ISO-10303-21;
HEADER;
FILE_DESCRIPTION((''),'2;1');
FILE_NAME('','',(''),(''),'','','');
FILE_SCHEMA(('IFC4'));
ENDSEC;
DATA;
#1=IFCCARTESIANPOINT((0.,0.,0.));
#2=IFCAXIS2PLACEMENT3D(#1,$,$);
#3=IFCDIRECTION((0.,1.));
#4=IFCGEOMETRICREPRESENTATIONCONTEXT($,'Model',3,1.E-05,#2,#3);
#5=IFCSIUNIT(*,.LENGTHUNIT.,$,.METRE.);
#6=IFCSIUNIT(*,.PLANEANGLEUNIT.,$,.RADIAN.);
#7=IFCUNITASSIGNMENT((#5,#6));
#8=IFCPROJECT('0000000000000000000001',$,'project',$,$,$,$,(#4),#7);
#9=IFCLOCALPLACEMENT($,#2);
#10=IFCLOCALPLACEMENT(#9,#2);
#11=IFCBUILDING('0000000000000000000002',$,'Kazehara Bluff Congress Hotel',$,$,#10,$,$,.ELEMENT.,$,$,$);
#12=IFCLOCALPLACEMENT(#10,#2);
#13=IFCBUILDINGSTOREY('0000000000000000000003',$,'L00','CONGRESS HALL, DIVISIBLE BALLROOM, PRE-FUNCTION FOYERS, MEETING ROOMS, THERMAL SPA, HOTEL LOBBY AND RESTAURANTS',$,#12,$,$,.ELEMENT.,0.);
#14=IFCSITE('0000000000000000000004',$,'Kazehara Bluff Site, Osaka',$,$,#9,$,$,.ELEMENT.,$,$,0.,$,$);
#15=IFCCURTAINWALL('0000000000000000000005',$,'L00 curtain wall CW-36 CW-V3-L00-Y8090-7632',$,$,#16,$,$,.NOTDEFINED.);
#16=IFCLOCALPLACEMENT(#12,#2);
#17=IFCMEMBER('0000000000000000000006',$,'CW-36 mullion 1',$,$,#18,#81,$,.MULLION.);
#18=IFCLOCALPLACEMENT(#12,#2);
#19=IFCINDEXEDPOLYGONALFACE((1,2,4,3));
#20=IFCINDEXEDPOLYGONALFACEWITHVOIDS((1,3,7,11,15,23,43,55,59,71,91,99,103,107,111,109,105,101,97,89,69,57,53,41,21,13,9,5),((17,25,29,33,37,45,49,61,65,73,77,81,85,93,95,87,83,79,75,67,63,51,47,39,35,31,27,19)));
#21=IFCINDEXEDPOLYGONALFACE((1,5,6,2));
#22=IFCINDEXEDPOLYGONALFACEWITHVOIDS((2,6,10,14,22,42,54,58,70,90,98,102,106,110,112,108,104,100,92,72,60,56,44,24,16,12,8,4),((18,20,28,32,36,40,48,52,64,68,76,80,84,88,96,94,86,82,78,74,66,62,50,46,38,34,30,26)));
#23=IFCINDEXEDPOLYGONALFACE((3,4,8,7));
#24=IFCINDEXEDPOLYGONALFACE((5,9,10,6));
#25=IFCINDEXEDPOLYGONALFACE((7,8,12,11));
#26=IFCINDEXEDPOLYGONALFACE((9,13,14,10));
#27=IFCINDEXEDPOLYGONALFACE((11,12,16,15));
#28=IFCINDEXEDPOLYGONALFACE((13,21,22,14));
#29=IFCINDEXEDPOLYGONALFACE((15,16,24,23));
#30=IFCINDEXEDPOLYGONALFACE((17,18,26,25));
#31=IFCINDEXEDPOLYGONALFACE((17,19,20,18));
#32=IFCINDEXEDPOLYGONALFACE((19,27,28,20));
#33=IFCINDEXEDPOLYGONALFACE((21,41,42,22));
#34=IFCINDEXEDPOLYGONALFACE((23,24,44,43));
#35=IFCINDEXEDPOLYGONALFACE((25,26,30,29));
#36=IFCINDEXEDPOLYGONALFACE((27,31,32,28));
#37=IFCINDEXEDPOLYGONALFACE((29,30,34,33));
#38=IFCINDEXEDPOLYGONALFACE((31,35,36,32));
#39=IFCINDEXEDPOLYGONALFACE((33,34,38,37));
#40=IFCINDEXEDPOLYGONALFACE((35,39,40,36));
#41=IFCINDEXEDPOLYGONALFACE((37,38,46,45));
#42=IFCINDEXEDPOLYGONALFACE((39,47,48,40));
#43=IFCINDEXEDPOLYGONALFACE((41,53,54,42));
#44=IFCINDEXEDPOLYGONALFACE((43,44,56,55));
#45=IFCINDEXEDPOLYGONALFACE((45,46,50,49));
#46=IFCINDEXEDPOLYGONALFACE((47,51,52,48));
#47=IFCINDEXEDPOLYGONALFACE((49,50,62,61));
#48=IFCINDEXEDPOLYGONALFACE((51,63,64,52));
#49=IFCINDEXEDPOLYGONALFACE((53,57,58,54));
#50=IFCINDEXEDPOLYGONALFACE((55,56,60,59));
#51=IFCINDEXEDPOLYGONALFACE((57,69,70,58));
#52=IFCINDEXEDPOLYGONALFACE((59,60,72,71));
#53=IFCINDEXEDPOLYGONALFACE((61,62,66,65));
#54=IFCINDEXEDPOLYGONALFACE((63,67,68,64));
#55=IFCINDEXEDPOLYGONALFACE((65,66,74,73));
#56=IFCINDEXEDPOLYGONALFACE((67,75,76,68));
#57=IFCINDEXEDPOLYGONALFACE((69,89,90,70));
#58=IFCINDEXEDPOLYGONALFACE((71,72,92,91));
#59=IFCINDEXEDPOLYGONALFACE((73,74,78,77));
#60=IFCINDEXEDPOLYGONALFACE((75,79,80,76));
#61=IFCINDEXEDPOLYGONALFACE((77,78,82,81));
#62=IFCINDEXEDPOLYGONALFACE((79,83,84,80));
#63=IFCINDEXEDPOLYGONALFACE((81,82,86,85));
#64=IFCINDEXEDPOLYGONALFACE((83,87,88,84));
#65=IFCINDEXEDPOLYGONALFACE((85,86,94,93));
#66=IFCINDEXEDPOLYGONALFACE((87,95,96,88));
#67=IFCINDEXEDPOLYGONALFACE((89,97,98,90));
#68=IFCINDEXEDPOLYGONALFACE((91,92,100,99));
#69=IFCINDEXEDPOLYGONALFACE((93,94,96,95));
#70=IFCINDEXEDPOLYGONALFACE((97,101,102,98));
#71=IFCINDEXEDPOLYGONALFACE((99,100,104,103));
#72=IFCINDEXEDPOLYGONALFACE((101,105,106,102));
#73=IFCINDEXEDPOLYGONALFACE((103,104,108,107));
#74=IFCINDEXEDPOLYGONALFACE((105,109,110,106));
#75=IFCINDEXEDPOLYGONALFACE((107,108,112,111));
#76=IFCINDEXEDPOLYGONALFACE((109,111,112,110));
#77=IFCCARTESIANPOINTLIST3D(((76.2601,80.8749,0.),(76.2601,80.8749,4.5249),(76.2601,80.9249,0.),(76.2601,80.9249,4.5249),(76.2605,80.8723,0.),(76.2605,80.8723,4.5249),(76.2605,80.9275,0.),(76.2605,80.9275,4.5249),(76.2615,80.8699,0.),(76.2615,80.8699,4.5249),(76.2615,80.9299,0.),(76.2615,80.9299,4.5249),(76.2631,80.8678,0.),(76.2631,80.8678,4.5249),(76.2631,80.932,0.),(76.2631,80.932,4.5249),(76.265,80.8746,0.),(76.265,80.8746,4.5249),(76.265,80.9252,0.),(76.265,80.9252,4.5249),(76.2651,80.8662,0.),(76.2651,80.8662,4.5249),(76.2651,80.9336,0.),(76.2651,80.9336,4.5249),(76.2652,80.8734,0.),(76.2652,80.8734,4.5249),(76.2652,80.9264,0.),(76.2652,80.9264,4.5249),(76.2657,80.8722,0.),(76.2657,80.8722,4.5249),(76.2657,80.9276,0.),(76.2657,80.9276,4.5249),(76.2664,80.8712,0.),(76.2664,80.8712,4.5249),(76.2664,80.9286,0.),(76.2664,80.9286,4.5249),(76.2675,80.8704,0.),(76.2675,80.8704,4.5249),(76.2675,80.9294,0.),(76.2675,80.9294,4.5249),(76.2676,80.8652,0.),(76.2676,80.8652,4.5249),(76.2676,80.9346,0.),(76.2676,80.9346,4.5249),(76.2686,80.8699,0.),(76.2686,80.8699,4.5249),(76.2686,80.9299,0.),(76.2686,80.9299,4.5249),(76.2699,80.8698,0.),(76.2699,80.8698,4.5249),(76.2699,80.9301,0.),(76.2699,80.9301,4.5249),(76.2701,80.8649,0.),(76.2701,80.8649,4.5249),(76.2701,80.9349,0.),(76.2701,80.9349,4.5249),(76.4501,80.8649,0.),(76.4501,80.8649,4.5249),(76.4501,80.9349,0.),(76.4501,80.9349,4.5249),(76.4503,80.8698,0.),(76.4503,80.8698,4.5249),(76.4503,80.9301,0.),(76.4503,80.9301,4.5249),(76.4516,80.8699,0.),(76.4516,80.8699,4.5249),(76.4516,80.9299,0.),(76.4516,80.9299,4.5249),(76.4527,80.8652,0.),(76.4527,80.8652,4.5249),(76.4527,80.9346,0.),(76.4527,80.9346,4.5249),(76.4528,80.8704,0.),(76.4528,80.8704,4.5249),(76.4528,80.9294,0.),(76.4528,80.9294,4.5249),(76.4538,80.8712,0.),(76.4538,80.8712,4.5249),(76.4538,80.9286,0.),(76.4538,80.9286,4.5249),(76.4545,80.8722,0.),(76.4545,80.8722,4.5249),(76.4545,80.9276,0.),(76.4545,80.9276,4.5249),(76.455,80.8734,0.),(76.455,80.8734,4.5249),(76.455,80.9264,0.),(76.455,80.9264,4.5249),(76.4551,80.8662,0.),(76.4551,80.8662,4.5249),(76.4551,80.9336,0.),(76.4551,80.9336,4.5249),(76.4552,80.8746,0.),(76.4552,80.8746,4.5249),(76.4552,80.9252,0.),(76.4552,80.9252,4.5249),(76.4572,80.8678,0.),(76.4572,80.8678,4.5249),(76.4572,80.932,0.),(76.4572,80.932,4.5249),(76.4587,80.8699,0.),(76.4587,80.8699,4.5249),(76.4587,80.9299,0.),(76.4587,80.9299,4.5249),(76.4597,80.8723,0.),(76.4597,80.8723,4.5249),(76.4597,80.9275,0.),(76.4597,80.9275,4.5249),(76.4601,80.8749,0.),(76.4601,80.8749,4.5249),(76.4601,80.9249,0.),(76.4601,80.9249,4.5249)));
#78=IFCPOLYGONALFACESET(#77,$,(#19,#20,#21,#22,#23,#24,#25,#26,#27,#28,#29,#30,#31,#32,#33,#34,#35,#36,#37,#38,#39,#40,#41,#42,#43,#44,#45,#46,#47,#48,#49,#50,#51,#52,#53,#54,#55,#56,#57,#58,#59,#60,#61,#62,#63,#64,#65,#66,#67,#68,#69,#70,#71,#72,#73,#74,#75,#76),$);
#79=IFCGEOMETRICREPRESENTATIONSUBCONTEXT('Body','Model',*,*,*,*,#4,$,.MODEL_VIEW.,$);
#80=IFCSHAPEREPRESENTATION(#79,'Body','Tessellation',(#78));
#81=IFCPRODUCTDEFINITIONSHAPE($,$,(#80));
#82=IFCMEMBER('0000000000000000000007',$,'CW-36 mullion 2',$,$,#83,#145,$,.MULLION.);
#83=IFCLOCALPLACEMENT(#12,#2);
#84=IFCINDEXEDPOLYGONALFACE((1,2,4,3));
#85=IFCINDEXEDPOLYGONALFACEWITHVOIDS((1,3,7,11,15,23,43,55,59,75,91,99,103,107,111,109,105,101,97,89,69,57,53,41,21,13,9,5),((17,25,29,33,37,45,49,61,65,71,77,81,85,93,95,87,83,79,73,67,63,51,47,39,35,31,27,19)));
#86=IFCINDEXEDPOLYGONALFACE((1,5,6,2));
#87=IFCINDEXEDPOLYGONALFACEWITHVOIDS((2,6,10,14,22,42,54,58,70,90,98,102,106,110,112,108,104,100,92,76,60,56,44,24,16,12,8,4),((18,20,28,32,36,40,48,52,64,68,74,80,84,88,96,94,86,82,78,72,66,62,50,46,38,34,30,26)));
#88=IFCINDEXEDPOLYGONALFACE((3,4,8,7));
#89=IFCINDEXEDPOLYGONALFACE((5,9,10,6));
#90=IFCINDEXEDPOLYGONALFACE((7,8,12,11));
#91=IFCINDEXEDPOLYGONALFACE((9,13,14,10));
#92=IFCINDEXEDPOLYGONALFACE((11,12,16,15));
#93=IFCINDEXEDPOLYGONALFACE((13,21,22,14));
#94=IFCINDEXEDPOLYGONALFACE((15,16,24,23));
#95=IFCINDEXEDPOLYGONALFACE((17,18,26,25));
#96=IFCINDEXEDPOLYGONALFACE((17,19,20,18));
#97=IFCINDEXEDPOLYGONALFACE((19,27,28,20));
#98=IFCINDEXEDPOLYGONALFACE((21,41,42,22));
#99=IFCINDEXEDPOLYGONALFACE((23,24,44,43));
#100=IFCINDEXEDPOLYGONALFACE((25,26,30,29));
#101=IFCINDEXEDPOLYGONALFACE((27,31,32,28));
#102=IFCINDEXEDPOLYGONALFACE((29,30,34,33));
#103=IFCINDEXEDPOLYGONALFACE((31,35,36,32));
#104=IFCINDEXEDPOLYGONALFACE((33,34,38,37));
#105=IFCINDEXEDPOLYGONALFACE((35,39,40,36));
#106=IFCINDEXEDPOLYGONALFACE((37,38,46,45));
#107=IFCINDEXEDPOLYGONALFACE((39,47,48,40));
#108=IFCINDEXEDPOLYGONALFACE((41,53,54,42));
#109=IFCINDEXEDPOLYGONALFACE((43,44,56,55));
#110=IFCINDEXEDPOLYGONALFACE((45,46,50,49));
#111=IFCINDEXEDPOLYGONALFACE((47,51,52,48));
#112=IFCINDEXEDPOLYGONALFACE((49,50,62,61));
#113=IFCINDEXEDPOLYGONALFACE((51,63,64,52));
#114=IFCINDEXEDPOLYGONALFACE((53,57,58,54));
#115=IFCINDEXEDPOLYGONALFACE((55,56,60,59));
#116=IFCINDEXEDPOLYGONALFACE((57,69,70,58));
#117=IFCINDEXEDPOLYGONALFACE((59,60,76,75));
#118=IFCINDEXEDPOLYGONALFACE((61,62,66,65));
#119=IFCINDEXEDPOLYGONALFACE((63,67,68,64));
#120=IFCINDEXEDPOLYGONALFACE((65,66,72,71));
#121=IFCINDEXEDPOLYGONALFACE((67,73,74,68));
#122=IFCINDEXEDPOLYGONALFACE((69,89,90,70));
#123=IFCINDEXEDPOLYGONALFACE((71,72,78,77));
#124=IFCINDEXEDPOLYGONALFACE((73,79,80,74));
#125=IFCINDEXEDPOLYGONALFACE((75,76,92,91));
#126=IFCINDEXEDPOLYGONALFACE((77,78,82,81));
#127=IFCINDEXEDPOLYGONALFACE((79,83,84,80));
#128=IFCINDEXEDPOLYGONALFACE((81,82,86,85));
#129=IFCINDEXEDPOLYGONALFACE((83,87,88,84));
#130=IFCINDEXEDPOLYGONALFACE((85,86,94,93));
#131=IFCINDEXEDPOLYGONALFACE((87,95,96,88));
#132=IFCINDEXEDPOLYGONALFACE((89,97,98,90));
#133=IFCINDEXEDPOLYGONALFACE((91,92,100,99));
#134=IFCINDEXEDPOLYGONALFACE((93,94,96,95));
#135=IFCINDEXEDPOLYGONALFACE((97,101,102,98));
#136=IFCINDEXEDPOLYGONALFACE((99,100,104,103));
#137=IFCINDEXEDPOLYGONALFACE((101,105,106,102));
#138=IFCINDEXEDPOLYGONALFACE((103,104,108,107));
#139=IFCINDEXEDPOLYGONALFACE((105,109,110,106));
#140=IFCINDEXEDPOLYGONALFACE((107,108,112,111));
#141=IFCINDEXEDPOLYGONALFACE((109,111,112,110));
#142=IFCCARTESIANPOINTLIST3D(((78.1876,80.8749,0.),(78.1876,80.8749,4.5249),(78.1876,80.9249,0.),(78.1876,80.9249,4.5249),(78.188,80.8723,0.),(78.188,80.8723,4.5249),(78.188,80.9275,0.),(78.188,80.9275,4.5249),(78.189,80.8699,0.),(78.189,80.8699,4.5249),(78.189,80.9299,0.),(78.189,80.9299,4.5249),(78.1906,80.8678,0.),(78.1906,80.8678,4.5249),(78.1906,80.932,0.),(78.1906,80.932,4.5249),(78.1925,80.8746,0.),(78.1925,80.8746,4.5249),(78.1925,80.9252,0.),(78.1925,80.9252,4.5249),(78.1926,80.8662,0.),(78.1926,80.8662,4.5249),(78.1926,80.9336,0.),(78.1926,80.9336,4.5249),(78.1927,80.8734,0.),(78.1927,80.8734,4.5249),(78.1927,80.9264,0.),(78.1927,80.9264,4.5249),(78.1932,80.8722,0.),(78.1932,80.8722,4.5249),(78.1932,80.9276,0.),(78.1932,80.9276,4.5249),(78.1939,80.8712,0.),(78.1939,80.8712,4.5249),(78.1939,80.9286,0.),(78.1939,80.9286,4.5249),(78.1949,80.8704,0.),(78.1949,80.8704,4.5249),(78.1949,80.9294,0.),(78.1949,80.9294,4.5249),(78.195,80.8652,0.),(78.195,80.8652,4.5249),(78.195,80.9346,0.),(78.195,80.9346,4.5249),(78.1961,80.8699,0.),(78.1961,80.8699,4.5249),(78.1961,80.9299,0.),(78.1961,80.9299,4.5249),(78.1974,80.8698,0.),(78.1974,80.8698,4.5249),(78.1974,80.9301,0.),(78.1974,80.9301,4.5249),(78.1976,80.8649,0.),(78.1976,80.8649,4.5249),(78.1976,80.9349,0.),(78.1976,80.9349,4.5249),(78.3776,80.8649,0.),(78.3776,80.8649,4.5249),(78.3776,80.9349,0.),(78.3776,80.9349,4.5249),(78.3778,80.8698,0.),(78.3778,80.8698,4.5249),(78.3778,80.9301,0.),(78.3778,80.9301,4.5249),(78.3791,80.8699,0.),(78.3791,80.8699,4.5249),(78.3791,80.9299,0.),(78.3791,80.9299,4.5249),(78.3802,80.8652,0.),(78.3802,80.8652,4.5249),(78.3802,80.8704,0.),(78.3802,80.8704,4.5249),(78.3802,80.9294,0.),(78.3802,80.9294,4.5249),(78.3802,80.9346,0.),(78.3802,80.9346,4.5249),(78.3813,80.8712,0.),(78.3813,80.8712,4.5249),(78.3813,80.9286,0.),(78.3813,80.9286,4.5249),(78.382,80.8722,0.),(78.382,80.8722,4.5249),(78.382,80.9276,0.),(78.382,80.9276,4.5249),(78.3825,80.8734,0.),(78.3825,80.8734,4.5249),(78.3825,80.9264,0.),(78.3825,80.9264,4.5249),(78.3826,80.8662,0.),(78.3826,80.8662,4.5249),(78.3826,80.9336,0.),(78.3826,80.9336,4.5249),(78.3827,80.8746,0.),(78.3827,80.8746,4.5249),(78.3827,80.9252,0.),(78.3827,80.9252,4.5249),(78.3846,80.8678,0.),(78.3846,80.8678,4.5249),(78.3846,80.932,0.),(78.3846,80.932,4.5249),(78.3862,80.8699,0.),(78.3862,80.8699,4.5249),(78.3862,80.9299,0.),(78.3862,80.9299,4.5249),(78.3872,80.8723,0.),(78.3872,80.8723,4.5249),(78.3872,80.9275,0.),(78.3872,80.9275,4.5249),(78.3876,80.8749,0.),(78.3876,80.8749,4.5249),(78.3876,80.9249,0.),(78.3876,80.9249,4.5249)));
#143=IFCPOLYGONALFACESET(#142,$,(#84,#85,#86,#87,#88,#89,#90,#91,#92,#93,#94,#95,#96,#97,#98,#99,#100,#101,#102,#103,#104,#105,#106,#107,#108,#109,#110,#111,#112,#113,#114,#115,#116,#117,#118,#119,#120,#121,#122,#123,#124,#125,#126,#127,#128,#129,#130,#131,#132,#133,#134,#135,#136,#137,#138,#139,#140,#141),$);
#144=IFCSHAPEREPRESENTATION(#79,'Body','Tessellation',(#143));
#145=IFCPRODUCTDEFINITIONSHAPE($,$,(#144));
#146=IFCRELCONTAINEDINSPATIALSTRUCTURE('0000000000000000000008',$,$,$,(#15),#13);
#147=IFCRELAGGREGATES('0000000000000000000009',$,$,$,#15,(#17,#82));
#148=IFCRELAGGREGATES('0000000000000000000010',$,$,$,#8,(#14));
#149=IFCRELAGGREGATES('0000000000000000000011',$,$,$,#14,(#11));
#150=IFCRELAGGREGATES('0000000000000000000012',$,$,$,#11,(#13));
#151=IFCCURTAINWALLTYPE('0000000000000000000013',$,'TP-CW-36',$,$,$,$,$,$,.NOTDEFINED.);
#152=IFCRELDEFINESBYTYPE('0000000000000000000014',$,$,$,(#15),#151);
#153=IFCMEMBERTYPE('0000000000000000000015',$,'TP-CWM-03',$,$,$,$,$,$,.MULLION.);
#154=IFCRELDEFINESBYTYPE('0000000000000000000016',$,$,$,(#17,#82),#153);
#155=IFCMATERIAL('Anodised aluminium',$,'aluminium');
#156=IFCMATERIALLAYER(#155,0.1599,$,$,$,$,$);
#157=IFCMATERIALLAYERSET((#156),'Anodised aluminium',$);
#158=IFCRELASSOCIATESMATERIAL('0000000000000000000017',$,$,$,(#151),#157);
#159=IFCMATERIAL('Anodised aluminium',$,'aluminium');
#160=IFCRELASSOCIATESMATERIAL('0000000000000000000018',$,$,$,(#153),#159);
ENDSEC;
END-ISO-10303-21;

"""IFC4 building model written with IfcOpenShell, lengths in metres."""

from ifc_helpers import new_model, si_unit, direction, frame, origin, origin_2d, place, context, subcontext, project, spatial, hollow_rectangle, extrude, material, layer, layer_set, material_profile, profile_set, type_object, element, aggregate, save


model = new_model("IFC4")

# Units and contexts
model_context = context("Model", 3, precision=1e-05, world=origin(), true_north=direction((0.0, 1.0)))
body_context = subcontext(model_context, "Body", "Model", "MODEL_VIEW")
ifc_project = project(units=[si_unit("LENGTHUNIT", "METRE"), si_unit("PLANEANGLEUNIT", "RADIAN")], contexts=[model_context])

# Site, building, storey
site_placement = place(None, origin())
site = spatial("IfcSite", under=ifc_project, at=site_placement, Name="Kazehara Bluff Site, Osaka", CompositionType="ELEMENT", RefElevation=0.0)
building_placement = place(site_placement, origin())
building = spatial("IfcBuilding", under=site, at=building_placement, Name="Kazehara Bluff Congress Hotel", CompositionType="ELEMENT")
storey_placement = place(building_placement, origin())
storey = spatial("IfcBuildingStorey", under=building, at=storey_placement, Name="L00", Description="CONGRESS HALL, DIVISIBLE BALLROOM, PRE-FUNCTION FOYERS, MEETING ROOMS, THERMAL SPA, HOTEL LOBBY AND RESTAURANTS", CompositionType="ELEMENT", Elevation=0.0)

# Shared definitions
ifc_material_1 = material(Name="Anodised aluminium", Category="aluminium")
ifc_layer_1 = layer(ifc_material_1, 0.1599)
ifc_layer_set_1 = layer_set([ifc_layer_1], Name="Anodised aluminium")
curtain_wall_type = type_object("IfcCurtainWallType", Name="TP-CW-36", PredefinedType="NOTDEFINED", material=ifc_layer_set_1)
ifc_material_2 = material(Name="Anodised aluminium", Category="aluminium")
ifc_material_profile_1 = material_profile(ifc_material_2, hollow_rectangle(XDim=0.0701, YDim=0.2, WallThickness=0.0049, InnerFilletRadius=0.0049, OuterFilletRadius=0.01, at=origin_2d()))
ifc_profile_set_1 = profile_set([ifc_material_profile_1], Name="Anodised aluminium")
member_type_1 = type_object("IfcMemberType", Name="TP-CWM-03", PredefinedType="MULLION", material=ifc_profile_set_1)

# Curtain wall, members
curtain_wall_1_placement = place(storey_placement, origin())
curtain_wall_1 = element("IfcCurtainWall", 1, at=curtain_wall_1_placement, inside=storey, type_object=curtain_wall_type, Name="L00 curtain wall CW-36 CW-V3-L00-Y8090-7632", PredefinedType="NOTDEFINED")
member_1_placement = place(storey_placement, frame((76.3601, 80.8999, 0.0), z_axis=(0.0, 0.0, 1.0), x_axis=(0.0, 1.0, 0.0)))
member_1 = element("IfcMember", 2, at=member_1_placement, type_object=member_type_1, Name="CW-36 mullion 1", PredefinedType="MULLION", context=body_context, shape_type="SweptSolid", body=[
    extrude(hollow_rectangle(XDim=0.0701, YDim=0.2, WallThickness=0.0049, InnerFilletRadius=0.0049, OuterFilletRadius=0.01, at=origin_2d()), origin(), (0.0, 0.0, 1.0), 4.5249),
])
member_2_placement = place(storey_placement, frame((78.2876, 80.8999, 0.0), z_axis=(0.0, 0.0, 1.0), x_axis=(0.0, 1.0, 0.0)))
member_2 = element("IfcMember", 3, at=member_2_placement, type_object=member_type_1, Name="CW-36 mullion 2", PredefinedType="MULLION", context=body_context, shape_type="SweptSolid", body=[
    extrude(hollow_rectangle(XDim=0.0701, YDim=0.2, WallThickness=0.0049, InnerFilletRadius=0.0049, OuterFilletRadius=0.01, at=origin_2d()), origin(), (0.0, 0.0, 1.0), 4.5249),
])

aggregate(curtain_wall_1, [member_1, member_2])

save(model, "model.ifc")
